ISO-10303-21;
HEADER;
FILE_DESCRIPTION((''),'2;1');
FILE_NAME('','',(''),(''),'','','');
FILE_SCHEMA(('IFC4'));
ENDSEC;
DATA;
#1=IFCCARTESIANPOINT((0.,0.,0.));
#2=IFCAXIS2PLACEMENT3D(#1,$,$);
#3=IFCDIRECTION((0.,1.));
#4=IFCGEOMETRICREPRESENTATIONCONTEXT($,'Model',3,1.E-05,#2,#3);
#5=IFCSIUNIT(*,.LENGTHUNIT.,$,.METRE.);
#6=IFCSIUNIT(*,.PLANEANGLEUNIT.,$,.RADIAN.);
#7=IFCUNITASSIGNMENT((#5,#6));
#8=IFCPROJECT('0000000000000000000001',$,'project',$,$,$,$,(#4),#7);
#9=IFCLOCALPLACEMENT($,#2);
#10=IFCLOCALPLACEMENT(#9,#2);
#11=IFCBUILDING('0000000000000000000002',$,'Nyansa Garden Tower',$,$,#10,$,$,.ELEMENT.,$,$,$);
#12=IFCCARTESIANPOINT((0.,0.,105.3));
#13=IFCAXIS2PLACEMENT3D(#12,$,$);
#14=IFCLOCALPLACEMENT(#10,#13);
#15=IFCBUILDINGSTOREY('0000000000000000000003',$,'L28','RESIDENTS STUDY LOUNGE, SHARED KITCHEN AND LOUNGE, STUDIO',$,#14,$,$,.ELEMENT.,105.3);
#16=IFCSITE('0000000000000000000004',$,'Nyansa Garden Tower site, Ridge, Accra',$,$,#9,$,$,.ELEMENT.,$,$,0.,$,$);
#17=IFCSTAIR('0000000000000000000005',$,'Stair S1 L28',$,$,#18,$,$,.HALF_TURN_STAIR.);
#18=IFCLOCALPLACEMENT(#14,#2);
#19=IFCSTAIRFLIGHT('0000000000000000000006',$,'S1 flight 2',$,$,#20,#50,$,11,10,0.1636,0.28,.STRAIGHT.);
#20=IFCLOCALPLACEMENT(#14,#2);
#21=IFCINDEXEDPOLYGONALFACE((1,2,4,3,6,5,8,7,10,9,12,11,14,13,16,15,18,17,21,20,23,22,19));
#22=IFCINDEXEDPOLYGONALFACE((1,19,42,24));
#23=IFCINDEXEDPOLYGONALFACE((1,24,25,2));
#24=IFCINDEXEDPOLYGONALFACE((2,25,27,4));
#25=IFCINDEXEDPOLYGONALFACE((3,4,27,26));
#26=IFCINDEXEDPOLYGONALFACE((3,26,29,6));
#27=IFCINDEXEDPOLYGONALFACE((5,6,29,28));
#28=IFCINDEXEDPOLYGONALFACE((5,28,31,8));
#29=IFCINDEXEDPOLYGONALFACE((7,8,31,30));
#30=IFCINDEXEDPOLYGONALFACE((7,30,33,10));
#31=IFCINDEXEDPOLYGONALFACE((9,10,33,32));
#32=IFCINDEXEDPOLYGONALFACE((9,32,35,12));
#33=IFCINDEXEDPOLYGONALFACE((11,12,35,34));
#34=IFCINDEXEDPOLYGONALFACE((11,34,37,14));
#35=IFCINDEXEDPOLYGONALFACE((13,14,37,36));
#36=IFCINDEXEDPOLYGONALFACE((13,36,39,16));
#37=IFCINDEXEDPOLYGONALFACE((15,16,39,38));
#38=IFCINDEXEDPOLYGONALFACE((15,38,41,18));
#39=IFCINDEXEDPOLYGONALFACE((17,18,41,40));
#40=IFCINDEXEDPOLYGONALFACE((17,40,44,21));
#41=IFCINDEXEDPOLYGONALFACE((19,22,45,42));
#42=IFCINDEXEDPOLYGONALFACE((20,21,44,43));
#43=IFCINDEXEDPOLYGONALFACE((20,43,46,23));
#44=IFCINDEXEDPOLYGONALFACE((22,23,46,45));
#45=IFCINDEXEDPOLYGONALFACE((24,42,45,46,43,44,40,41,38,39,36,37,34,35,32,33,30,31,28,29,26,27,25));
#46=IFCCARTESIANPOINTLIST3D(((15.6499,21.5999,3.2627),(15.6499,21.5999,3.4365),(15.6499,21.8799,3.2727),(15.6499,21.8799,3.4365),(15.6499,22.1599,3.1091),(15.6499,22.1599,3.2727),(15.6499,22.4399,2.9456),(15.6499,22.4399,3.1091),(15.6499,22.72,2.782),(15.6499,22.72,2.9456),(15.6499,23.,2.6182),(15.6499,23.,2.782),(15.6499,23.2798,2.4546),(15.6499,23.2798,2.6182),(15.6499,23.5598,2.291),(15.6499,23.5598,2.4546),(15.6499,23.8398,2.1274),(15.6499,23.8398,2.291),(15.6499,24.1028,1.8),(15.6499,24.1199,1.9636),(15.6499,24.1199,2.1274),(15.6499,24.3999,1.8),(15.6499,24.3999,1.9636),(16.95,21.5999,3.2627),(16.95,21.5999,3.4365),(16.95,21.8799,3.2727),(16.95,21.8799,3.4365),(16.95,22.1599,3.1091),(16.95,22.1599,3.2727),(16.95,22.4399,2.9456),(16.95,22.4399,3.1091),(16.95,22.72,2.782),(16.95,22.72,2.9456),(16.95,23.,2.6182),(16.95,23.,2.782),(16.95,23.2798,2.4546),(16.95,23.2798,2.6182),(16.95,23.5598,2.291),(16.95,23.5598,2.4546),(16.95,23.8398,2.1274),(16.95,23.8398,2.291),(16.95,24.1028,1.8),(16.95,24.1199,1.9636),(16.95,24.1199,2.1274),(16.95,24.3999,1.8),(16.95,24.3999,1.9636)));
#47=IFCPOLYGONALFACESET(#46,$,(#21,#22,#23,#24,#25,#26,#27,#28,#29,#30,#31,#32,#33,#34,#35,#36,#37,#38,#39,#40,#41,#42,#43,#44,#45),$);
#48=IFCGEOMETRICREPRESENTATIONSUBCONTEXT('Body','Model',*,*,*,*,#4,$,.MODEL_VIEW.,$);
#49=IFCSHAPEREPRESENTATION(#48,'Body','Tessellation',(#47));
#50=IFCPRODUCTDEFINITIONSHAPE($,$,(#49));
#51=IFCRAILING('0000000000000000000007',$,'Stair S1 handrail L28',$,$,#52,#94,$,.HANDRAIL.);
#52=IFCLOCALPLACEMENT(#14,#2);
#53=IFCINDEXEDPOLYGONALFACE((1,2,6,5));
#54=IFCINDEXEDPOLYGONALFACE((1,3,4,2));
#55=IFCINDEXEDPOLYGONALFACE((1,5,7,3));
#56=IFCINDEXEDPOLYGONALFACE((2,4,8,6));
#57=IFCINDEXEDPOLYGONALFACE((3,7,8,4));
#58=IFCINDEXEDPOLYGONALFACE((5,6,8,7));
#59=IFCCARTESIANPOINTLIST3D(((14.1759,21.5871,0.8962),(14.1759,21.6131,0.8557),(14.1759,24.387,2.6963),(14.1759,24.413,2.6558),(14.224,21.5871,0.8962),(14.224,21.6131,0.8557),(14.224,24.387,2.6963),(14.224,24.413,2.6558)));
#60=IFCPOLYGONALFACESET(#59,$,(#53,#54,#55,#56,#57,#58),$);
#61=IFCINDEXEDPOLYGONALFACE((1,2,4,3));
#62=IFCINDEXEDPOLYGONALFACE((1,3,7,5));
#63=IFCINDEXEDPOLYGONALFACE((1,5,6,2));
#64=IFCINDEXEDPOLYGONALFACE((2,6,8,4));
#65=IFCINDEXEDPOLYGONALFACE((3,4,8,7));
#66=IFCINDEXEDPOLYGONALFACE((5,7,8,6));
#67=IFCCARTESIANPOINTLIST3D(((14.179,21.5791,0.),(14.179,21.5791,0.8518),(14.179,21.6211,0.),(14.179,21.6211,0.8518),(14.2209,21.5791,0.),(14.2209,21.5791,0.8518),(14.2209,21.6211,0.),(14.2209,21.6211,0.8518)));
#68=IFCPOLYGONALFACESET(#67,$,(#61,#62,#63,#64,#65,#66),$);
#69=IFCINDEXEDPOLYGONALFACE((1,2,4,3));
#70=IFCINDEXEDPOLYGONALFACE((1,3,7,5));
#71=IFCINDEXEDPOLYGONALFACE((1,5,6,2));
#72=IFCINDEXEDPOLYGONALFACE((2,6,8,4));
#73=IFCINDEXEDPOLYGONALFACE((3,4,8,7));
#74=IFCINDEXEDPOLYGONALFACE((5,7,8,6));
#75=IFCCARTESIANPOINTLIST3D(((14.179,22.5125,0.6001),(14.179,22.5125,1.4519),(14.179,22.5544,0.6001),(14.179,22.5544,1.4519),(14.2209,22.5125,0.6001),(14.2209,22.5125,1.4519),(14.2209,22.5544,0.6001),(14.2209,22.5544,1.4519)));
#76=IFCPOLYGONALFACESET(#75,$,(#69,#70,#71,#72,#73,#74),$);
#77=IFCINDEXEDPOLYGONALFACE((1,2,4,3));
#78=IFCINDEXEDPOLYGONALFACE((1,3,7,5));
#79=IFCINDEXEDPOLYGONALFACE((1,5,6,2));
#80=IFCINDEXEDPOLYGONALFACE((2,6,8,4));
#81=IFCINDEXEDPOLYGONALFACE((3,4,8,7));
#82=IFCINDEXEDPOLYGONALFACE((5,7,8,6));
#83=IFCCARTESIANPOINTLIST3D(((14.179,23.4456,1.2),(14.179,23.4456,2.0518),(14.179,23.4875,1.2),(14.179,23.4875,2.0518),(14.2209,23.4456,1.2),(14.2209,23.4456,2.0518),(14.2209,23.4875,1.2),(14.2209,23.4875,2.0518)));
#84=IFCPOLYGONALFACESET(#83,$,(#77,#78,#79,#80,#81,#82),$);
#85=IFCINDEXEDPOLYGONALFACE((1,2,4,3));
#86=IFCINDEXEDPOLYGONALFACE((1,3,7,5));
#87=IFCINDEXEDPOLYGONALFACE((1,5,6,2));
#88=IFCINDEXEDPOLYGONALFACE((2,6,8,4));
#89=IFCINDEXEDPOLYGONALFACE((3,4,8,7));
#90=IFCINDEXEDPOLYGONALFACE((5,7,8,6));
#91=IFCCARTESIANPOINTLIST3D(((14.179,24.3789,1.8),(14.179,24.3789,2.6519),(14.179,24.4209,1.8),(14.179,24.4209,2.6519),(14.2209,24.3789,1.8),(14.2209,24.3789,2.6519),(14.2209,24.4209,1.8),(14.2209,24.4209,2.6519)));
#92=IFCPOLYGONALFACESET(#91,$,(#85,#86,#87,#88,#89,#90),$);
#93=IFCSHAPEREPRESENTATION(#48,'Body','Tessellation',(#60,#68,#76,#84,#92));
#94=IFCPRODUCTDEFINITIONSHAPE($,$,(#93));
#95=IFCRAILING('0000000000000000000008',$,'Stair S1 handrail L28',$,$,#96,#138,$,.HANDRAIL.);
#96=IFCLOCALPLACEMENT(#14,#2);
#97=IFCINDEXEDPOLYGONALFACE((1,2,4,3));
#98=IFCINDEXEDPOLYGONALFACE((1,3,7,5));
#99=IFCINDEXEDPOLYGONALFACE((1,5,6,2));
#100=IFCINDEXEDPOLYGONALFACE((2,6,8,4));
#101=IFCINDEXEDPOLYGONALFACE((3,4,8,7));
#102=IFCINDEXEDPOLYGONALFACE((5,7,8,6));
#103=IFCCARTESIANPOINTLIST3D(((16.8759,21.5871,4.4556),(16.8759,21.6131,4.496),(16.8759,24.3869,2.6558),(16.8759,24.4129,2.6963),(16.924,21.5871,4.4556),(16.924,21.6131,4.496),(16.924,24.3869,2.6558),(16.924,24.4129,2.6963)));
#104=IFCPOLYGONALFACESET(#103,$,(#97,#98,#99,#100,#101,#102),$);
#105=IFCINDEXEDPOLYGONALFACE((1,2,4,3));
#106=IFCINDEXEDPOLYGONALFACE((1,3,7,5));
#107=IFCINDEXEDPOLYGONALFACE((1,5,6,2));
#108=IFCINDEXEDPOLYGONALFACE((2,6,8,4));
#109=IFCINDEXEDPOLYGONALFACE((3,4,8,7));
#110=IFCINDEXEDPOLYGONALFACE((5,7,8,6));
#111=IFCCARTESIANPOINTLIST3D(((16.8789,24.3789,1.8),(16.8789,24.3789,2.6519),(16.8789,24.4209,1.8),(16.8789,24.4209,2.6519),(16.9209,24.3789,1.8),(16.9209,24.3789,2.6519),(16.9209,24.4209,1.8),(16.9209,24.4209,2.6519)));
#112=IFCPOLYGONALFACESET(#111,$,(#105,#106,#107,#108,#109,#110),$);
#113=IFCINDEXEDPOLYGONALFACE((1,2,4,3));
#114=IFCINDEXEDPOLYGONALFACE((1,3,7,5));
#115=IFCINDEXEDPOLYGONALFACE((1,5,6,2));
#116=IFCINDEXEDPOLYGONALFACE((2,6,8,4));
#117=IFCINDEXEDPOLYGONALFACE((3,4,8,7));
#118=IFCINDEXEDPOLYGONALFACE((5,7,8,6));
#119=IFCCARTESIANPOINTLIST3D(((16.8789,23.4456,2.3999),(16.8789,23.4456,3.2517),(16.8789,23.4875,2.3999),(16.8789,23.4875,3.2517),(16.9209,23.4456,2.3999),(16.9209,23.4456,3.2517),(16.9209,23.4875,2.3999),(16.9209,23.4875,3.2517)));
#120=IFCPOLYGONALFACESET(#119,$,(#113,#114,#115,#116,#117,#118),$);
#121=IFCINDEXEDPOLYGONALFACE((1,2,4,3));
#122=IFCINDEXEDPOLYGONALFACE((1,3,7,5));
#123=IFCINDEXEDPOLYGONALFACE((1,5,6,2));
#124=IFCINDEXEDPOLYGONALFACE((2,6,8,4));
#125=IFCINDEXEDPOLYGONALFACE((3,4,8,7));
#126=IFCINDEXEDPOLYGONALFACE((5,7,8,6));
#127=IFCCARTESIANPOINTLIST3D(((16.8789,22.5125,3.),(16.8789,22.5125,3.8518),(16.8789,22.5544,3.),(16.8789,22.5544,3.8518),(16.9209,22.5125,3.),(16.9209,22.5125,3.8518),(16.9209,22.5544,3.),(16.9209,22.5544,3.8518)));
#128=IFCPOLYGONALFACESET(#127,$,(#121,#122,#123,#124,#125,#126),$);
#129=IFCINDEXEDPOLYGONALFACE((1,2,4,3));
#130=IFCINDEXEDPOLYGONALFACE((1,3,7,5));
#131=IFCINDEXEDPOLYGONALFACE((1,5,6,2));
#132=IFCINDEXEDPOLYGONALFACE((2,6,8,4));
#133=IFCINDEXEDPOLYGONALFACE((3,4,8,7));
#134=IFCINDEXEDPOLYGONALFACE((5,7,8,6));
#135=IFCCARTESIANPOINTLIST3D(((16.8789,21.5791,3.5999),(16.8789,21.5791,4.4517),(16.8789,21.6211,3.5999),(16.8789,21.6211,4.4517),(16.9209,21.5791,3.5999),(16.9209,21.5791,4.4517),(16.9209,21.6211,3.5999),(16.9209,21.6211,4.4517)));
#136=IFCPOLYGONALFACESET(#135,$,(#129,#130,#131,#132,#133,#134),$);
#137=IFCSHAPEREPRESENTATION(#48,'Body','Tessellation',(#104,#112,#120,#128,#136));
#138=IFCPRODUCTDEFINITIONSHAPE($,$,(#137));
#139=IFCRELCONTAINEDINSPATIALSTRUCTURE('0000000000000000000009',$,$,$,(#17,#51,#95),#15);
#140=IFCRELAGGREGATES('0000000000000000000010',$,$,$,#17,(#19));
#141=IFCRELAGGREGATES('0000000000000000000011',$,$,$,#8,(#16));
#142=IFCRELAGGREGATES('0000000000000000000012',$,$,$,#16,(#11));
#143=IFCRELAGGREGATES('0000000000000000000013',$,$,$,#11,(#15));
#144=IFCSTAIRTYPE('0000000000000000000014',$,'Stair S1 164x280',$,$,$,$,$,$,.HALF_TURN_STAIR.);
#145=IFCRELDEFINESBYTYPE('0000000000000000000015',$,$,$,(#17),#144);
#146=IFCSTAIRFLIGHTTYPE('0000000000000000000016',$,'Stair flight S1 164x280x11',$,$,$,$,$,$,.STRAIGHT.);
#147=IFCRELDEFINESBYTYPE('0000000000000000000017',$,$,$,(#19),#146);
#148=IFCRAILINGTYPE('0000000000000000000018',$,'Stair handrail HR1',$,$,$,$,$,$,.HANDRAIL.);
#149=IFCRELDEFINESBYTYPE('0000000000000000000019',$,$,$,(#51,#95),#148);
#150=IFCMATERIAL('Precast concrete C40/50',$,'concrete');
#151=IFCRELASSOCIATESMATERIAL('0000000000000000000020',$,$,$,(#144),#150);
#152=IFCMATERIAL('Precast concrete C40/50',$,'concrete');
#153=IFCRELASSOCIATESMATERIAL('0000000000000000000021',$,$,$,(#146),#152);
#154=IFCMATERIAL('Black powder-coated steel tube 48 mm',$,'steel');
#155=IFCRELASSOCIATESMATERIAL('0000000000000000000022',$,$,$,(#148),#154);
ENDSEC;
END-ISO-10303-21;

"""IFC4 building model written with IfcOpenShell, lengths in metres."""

from ifc_helpers import new_model, si_unit, direction, frame, origin, origin_2d, place, context, subcontext, project, spatial, polyline, rectangle, outline, extrude, material, type_object, element, aggregate, save


model = new_model("IFC4")

# Units and contexts
model_context = context("Model", 3, precision=1e-05, world=origin(), true_north=direction((0.0, 1.0)))
body_context = subcontext(model_context, "Body", "Model", "MODEL_VIEW")
ifc_project = project(units=[si_unit("LENGTHUNIT", "METRE"), si_unit("PLANEANGLEUNIT", "RADIAN")], contexts=[model_context])

# Site, building, storey
site_placement = place(None, origin())
site = spatial("IfcSite", under=ifc_project, at=site_placement, Name="Nyansa Garden Tower site, Ridge, Accra", CompositionType="ELEMENT", RefElevation=0.0)
building_placement = place(site_placement, origin())
building = spatial("IfcBuilding", under=site, at=building_placement, Name="Nyansa Garden Tower", CompositionType="ELEMENT")
storey_placement = place(building_placement, frame((0.0, 0.0, 105.3)))
storey = spatial("IfcBuildingStorey", under=building, at=storey_placement, Name="L28", Description="RESIDENTS STUDY LOUNGE, SHARED KITCHEN AND LOUNGE, STUDIO", CompositionType="ELEMENT", Elevation=105.3)

# Stair, stair flight
ifc_material_1 = material(Name="Precast concrete C40/50", Category="concrete")
stair_type = type_object("IfcStairType", Name="Stair S1 164x280", PredefinedType="HALF_TURN_STAIR", material=ifc_material_1)
stair_placement = place(storey_placement, origin())
stair = element("IfcStair", 1, at=stair_placement, inside=storey, type_object=stair_type, Name="Stair S1 L28", PredefinedType="HALF_TURN_STAIR")
ifc_material_2 = material(Name="Precast concrete C40/50", Category="concrete")
stair_flight_type = type_object("IfcStairFlightType", Name="Stair flight S1 164x280x11", PredefinedType="STRAIGHT", material=ifc_material_2)
stair_flight_1_placement = place(storey_placement, frame((16.3, 24.3999, 1.8), z_axis=(0.0, 0.0, 1.0), x_axis=(0.0, -1.0, 0.0)))
stair_flight_1 = element("IfcStairFlight", 2, at=stair_flight_1_placement, type_object=stair_flight_type, Name="S1 flight 2", NumberOfRisers=11, NumberOfTreads=10, PredefinedType="STRAIGHT", RiserHeight=0.1636, TreadLength=0.28, context=body_context, shape_type="SweptSolid", body=[
    extrude(outline(polyline([(0.0, 0.0), (0.0, 0.1636), (0.28, 0.1636), (0.28, 0.3274), (0.5601, 0.3274), (0.5601, 0.491), (0.8401, 0.491), (0.8401, 0.6545), (1.1201, 0.6545), (1.1201, 0.8181), (1.3999, 0.8181), (1.3999, 0.9819), (1.6799, 0.9819), (1.6799, 1.1455), (1.96, 1.1455), (1.96, 1.3091), (2.24, 1.3091), (2.24, 1.4727), (2.52, 1.4727), (2.52, 1.6365), (2.8, 1.6365), (2.8, 1.8), (2.8, 1.4626), (0.2971, 0.0), (0.0, 0.0)])), frame((0.0, 0.6499, 0.0), z_axis=(0.0, -1.0, 0.0), x_axis=(1.0, 0.0, 0.0)), (0.0, 0.0, 1.0), 1.3),
])
aggregate(stair, [stair_flight_1])

# Railings
ifc_material_3 = material(Name="Black powder-coated steel tube 48 mm", Category="steel")
railing_type = type_object("IfcRailingType", Name="Stair handrail HR1", PredefinedType="HANDRAIL", material=ifc_material_3)
railing_1_placement = place(storey_placement, frame((14.2, 21.6001, 0.0)))
element("IfcRailing", 3, at=railing_1_placement, inside=storey, type_object=railing_type, Name="Stair S1 handrail L28", PredefinedType="HANDRAIL", context=body_context, shape_type="SweptSolid", body=[
    extrude(rectangle(XDim=0.0481, YDim=0.0481, at=origin_2d()), frame((0.0, 0.0, 0.876), z_axis=(0.0, 0.841155, 0.540795), x_axis=(-1.0, 0.0, 0.0)), (0.0, 0.0, 1.0), 3.3286),
    extrude(rectangle(XDim=0.042, YDim=0.042, at=origin_2d()), origin(), (0.0, 0.0, 1.0), 0.8518),
    extrude(rectangle(XDim=0.042, YDim=0.042, at=origin_2d()), frame((0.0, 0.9333, 0.6001)), (0.0, 0.0, 1.0), 0.8518),
    extrude(rectangle(XDim=0.042, YDim=0.042, at=origin_2d()), frame((0.0, 1.8665, 1.2)), (0.0, 0.0, 1.0), 0.8518),
    extrude(rectangle(XDim=0.042, YDim=0.042, at=origin_2d()), frame((0.0, 2.7998, 1.8)), (0.0, 0.0, 1.0), 0.8518),
])
railing_2_placement = place(storey_placement, frame((16.8999, 24.3999, 1.8)))
element("IfcRailing", 4, at=railing_2_placement, inside=storey, type_object=railing_type, Name="Stair S1 handrail L28", PredefinedType="HANDRAIL", context=body_context, shape_type="SweptSolid", body=[
    extrude(rectangle(XDim=0.0481, YDim=0.0481, at=origin_2d()), frame((0.0, 0.0, 0.876), z_axis=(0.0, -0.841188, 0.540743), x_axis=(1.0, 0.0, 0.0)), (0.0, 0.0, 1.0), 3.3284),
    extrude(rectangle(XDim=0.042, YDim=0.042, at=origin_2d()), origin(), (0.0, 0.0, 1.0), 0.8518),
    extrude(rectangle(XDim=0.042, YDim=0.042, at=origin_2d()), frame((0.0, -0.9333, 0.5999)), (0.0, 0.0, 1.0), 0.8518),
    extrude(rectangle(XDim=0.042, YDim=0.042, at=origin_2d()), frame((0.0, -1.8665, 1.2)), (0.0, 0.0, 1.0), 0.8518),
    extrude(rectangle(XDim=0.042, YDim=0.042, at=origin_2d()), frame((0.0, -2.7998, 1.7998)), (0.0, 0.0, 1.0), 0.8518),
])

save(model, "model.ifc")
